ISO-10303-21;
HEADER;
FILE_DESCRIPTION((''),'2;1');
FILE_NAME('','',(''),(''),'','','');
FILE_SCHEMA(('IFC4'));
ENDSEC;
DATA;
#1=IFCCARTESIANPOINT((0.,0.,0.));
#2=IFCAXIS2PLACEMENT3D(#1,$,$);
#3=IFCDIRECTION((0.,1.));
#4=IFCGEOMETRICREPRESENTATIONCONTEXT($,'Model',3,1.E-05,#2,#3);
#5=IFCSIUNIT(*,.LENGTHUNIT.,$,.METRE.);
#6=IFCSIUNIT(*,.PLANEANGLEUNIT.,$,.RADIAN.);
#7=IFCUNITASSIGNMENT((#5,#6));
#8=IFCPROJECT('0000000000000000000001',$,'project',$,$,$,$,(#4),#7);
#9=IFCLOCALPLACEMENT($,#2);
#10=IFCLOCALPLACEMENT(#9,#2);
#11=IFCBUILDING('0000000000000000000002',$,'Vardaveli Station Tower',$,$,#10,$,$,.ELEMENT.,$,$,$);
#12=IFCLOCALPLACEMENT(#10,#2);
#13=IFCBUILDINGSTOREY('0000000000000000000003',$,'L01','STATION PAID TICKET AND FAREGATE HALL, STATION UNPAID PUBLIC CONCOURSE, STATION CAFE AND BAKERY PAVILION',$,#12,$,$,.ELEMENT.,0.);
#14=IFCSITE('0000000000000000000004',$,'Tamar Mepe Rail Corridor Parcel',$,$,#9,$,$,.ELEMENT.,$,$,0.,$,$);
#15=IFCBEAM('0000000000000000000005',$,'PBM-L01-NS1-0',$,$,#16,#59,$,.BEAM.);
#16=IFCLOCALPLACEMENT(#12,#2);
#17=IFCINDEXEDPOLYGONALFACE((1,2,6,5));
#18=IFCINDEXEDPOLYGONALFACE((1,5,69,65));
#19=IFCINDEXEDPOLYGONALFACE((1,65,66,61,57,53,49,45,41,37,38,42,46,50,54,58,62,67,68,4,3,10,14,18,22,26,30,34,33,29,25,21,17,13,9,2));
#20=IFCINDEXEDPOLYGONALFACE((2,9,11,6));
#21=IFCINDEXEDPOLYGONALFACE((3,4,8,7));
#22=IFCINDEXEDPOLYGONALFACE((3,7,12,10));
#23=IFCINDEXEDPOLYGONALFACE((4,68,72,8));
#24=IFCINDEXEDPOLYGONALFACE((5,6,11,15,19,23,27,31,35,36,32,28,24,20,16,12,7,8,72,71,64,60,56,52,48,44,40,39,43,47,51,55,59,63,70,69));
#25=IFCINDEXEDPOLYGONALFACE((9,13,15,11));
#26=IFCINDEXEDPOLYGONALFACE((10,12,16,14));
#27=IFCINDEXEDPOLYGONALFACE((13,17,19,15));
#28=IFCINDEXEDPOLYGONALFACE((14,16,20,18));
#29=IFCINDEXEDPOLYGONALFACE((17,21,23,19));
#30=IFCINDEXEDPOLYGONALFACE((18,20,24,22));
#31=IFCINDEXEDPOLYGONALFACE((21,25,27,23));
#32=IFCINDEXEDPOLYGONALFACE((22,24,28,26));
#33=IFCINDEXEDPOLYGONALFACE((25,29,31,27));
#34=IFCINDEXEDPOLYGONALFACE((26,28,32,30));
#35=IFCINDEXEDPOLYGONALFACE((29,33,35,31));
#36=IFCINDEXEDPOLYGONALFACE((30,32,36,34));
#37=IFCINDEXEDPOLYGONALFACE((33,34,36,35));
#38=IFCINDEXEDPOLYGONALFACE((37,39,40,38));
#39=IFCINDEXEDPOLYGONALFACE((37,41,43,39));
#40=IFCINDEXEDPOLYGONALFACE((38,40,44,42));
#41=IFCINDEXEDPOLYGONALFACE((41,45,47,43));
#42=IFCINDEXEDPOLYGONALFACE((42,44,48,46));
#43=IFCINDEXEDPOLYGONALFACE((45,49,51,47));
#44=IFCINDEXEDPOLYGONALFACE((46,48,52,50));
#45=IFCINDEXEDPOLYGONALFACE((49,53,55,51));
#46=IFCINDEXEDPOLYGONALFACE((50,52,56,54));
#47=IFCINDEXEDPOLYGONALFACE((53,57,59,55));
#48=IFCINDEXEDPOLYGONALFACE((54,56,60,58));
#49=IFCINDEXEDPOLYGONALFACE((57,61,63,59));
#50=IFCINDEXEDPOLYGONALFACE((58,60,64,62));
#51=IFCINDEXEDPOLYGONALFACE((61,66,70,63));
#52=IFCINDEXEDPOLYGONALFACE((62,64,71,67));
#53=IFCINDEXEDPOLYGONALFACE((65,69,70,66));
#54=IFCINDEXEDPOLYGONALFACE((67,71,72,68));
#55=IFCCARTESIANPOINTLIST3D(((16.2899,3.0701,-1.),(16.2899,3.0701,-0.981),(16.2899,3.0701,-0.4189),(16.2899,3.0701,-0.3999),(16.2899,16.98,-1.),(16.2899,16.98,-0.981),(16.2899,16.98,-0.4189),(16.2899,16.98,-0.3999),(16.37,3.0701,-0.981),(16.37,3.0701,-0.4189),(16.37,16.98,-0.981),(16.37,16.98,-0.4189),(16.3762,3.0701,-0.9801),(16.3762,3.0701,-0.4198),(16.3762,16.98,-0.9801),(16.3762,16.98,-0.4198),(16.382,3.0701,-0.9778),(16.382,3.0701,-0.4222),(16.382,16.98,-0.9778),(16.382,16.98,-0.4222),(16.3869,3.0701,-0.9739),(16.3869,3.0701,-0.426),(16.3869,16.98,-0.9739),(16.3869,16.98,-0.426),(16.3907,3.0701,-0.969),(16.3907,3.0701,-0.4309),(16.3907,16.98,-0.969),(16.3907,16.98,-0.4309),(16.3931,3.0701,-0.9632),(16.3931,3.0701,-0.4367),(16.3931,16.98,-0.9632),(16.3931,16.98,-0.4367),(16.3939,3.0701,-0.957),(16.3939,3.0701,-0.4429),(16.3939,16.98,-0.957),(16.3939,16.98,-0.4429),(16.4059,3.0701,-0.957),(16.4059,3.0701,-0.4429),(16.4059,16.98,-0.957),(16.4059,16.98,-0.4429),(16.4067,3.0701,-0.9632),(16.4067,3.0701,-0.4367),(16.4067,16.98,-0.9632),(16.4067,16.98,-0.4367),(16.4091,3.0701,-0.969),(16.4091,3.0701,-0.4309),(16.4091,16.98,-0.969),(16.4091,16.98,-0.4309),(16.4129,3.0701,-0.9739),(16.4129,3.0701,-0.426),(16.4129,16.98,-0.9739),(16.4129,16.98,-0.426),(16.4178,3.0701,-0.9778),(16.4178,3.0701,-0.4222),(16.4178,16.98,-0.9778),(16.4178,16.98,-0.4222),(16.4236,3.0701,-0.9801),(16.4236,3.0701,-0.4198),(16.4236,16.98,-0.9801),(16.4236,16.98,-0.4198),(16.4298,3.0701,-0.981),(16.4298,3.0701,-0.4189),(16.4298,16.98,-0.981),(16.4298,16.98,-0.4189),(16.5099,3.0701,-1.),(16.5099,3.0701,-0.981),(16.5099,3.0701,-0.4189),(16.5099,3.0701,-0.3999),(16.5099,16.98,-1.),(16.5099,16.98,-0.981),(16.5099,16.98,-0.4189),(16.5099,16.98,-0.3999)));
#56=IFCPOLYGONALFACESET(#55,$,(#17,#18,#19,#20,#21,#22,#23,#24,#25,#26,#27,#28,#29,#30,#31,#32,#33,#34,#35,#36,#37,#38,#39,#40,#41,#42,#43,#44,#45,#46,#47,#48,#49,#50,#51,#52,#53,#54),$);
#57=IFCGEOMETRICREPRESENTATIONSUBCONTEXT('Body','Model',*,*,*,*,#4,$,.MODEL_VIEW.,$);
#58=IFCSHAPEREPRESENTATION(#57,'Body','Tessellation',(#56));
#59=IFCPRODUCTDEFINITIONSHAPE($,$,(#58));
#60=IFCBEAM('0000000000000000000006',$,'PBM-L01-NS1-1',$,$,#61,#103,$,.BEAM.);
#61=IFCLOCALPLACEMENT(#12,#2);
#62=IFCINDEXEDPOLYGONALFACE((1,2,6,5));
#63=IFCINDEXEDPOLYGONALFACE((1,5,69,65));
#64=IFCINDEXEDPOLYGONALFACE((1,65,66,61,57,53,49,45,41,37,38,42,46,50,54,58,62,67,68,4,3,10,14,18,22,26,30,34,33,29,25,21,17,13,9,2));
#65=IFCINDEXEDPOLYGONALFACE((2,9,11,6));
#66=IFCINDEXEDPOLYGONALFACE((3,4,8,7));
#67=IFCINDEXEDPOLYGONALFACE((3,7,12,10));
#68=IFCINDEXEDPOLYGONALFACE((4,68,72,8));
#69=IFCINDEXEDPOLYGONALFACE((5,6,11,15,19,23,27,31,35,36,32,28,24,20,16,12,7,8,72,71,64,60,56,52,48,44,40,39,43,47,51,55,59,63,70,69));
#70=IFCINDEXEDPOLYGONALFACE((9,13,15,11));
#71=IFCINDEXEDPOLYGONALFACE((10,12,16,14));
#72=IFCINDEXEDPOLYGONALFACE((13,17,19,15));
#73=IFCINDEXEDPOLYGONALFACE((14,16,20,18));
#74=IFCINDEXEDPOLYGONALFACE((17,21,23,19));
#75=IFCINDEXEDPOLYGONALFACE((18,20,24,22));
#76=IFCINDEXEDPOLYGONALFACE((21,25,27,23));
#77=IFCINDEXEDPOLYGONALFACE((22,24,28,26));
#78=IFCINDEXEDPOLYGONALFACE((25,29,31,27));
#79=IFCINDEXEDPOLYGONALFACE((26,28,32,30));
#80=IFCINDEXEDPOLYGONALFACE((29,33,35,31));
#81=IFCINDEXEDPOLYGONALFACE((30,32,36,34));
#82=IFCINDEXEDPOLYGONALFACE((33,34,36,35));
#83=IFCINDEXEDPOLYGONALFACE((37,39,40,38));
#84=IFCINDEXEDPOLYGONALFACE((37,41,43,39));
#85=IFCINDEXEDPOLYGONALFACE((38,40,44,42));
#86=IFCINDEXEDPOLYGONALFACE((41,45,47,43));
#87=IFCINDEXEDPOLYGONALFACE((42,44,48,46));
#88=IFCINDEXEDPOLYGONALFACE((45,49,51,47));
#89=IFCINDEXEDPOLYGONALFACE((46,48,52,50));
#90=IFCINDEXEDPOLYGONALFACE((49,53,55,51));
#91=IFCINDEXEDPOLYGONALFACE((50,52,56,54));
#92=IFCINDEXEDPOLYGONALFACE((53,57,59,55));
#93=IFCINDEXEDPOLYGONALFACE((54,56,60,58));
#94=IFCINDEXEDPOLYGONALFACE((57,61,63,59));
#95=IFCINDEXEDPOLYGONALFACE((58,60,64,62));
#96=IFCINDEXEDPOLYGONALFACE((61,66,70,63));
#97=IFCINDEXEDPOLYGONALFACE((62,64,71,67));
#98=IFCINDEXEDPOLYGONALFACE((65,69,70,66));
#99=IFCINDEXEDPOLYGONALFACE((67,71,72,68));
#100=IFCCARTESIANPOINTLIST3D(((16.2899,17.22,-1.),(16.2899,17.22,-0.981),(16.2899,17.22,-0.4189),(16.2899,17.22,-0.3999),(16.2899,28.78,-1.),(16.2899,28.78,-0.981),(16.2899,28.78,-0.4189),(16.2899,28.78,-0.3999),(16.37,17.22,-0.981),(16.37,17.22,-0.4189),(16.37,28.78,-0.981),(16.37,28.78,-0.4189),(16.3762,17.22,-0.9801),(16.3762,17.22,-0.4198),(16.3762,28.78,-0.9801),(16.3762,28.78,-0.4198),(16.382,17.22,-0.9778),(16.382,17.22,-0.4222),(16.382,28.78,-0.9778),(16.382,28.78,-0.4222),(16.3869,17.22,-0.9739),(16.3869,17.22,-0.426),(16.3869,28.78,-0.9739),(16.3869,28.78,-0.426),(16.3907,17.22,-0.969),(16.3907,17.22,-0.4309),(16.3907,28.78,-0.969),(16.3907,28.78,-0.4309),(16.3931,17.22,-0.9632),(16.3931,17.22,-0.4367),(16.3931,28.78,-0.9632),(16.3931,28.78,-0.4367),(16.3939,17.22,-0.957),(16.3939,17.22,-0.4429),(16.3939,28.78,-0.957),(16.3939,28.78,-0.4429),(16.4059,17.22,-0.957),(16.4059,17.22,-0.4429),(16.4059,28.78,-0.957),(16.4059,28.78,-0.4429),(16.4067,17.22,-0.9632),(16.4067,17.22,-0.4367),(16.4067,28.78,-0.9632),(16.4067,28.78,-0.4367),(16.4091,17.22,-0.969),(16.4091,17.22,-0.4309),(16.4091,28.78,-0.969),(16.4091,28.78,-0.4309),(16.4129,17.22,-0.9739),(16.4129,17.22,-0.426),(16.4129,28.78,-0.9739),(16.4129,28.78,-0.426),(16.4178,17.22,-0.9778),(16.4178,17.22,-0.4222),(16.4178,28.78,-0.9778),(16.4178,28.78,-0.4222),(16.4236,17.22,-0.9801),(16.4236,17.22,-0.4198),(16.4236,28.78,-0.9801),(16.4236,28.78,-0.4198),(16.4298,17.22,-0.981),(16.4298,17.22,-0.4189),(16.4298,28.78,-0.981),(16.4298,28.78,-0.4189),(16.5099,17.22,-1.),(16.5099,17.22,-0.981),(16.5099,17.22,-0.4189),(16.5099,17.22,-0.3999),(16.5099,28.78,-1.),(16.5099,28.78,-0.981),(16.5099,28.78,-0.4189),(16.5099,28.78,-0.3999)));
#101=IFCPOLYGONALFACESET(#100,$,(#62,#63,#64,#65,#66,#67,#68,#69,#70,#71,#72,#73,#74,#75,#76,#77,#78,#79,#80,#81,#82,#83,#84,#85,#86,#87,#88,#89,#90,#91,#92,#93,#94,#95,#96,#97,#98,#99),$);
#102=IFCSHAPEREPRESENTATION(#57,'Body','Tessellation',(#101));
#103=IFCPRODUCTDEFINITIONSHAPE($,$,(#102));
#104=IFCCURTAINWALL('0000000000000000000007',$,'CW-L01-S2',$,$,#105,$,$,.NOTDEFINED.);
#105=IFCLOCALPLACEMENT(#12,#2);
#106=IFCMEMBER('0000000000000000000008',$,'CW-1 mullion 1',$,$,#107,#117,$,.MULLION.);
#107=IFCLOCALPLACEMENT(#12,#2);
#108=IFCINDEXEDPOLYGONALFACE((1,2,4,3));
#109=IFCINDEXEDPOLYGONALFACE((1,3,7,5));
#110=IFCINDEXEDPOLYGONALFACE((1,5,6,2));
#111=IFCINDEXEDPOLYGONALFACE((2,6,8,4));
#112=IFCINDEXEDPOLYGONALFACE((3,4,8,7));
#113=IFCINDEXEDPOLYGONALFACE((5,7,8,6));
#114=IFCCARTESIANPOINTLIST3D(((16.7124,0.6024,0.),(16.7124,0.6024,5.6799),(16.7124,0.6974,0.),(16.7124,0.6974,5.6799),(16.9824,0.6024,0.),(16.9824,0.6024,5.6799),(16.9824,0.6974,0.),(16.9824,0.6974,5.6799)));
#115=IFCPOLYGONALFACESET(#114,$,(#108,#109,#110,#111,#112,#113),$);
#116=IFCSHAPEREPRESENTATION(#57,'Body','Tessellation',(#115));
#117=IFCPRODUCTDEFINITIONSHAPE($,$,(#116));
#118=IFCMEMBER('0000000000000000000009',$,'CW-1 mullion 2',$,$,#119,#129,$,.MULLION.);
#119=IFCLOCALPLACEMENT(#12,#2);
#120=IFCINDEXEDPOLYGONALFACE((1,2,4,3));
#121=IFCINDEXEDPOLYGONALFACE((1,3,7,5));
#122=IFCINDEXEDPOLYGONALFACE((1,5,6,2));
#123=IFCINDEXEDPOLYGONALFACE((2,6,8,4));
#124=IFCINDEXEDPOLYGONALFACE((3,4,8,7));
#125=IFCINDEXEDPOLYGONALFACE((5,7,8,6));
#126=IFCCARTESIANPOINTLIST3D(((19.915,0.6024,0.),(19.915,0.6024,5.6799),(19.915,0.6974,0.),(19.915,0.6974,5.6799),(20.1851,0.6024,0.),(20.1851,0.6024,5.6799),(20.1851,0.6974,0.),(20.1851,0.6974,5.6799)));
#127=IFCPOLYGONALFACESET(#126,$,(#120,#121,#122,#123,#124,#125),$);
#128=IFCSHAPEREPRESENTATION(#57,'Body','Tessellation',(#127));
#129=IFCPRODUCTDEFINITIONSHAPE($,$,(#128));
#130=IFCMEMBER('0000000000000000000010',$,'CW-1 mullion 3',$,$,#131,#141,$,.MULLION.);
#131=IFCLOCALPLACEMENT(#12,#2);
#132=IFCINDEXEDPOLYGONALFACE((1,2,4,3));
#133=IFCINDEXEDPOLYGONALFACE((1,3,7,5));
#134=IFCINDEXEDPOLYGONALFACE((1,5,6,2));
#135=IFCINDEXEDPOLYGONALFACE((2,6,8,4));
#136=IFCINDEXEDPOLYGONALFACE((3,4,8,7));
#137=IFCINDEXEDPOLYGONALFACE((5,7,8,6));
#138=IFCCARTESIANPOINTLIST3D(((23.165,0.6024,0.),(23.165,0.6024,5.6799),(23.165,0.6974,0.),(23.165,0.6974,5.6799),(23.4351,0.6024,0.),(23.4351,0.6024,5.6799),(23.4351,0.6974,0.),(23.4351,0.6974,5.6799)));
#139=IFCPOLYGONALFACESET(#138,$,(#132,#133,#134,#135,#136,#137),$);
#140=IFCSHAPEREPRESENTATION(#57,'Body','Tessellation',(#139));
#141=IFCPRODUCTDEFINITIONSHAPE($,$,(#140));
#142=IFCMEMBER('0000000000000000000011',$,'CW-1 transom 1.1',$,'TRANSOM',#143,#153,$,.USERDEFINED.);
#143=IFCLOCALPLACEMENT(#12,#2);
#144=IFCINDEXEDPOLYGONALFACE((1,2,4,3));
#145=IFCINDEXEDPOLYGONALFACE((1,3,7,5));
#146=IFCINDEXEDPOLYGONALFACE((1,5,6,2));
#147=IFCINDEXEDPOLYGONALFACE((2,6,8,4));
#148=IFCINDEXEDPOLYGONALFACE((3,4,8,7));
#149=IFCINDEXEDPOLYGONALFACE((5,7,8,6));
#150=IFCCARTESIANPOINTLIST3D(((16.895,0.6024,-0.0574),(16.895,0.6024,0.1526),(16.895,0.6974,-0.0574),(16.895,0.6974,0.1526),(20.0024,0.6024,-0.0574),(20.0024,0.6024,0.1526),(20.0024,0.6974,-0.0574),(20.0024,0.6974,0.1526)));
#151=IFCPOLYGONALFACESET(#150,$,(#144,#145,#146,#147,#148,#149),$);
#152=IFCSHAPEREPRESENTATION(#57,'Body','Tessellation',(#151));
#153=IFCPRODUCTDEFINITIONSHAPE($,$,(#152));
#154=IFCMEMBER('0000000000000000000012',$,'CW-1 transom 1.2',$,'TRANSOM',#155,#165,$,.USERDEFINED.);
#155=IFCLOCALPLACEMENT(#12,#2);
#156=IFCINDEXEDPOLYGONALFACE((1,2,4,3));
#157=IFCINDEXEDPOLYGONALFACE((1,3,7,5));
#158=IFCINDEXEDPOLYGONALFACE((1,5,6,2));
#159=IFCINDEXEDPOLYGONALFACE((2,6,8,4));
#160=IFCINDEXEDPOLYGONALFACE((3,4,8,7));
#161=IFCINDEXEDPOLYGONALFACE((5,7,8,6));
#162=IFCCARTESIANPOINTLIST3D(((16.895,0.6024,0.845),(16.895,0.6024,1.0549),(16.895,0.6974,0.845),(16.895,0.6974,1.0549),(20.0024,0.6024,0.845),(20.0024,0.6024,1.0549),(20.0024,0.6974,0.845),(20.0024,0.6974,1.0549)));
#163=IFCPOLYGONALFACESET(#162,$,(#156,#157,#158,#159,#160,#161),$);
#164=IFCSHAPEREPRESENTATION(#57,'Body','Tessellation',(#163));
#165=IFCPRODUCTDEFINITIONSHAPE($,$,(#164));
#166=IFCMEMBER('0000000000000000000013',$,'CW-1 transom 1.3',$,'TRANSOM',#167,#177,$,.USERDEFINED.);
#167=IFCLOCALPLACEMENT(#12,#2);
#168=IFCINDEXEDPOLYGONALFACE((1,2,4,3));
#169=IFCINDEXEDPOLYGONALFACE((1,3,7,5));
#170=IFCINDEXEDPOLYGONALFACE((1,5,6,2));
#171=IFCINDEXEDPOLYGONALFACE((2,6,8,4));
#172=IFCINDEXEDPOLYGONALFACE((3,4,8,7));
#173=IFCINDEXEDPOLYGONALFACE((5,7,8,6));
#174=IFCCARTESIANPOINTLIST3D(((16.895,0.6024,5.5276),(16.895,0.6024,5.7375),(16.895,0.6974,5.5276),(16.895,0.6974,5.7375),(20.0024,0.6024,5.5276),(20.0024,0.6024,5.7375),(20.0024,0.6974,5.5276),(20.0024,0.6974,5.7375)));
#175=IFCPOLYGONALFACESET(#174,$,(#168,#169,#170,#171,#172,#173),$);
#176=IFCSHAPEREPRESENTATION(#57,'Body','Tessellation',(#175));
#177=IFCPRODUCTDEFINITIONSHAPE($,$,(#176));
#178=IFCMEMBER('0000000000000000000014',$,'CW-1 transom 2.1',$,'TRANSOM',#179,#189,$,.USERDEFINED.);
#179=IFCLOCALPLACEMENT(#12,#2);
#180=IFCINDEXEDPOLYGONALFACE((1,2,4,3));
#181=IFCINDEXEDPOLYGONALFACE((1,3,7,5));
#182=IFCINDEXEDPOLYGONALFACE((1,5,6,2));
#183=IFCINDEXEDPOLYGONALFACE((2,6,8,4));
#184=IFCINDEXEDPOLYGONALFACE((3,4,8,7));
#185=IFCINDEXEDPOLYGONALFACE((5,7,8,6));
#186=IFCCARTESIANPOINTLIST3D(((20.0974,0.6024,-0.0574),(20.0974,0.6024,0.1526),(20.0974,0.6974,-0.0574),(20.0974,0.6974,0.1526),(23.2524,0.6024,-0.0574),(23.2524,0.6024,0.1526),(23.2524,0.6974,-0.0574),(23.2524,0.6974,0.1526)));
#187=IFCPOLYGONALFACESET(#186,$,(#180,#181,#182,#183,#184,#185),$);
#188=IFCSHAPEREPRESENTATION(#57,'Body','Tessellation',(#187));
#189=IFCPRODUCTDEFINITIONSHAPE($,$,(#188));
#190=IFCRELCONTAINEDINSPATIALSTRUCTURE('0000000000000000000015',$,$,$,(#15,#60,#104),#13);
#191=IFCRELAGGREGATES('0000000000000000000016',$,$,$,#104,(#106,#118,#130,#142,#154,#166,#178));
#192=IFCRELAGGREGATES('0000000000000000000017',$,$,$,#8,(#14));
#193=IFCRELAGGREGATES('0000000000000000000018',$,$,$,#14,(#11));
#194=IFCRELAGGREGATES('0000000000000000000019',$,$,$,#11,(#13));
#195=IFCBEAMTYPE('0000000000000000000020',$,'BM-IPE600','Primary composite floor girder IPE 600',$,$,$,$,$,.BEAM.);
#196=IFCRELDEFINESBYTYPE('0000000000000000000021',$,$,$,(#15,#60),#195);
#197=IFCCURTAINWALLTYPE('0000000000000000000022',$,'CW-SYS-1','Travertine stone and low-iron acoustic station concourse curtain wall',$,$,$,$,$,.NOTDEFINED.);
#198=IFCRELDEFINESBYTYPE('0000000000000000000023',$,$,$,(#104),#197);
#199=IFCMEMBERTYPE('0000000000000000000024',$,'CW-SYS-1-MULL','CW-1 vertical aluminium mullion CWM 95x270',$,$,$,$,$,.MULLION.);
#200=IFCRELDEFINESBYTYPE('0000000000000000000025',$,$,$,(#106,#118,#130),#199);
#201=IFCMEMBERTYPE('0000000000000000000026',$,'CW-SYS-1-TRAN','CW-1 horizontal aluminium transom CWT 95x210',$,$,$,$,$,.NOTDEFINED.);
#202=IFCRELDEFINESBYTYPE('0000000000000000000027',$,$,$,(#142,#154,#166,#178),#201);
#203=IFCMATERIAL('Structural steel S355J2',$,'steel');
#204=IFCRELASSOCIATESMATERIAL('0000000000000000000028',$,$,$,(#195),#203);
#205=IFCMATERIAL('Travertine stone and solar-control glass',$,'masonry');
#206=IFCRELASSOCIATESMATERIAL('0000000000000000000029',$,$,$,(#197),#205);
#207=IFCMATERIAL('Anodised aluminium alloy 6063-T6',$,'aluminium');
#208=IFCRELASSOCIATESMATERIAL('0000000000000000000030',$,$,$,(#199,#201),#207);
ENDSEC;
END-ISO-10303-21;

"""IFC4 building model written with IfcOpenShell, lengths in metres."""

from ifc_helpers import new_model, si_unit, direction, frame, origin, origin_2d, place, context, subcontext, project, spatial, rectangle, i_section, extrude, source, transform, mapped, material, material_profile, profile_set, type_object, element, aggregate, save


model = new_model("IFC4")

# Units and contexts
model_context = context("Model", 3, precision=1e-05, world=origin(), true_north=direction((0.0, 1.0)))
body_context = subcontext(model_context, "Body", "Model", "MODEL_VIEW")
ifc_project = project(units=[si_unit("LENGTHUNIT", "METRE"), si_unit("PLANEANGLEUNIT", "RADIAN")], contexts=[model_context])

# Site, building, storey
site_placement = place(None, origin())
site = spatial("IfcSite", under=ifc_project, at=site_placement, Name="Tamar Mepe Rail Corridor Parcel", CompositionType="ELEMENT", RefElevation=0.0)
building_placement = place(site_placement, origin())
building = spatial("IfcBuilding", under=site, at=building_placement, Name="Vardaveli Station Tower", CompositionType="ELEMENT")
storey_placement = place(building_placement, origin())
storey = spatial("IfcBuildingStorey", under=building, at=storey_placement, Name="L01", Description="STATION PAID TICKET AND FAREGATE HALL, STATION UNPAID PUBLIC CONCOURSE, STATION CAFE AND BAKERY PAVILION", CompositionType="ELEMENT", Elevation=0.0)

# Shared definitions
ifc_material_1 = material(Name="Structural steel S355J2", Category="steel")

# Beams
ifc_material_profile_1 = material_profile(ifc_material_1, i_section(OverallWidth=0.22, OverallDepth=0.6001, WebThickness=0.012, FlangeThickness=0.019, FilletRadius=0.0239, at=origin_2d()), Name="IPE 600")
ifc_profile_set_1 = profile_set([ifc_material_profile_1], Name="Structural steel S355J2")
beam_type_1 = type_object("IfcBeamType", Name="BM-IPE600", Description="Primary composite floor girder IPE 600", PredefinedType="BEAM", material=ifc_profile_set_1)
shared_shape_1 = source(origin(), body_context, "Body", "SweptSolid", [
    extrude(i_section(OverallWidth=0.22, OverallDepth=0.6001, WebThickness=0.012, FlangeThickness=0.019, FilletRadius=0.0239, at=origin_2d()), origin(), (0.0, 0.0, 1.0), 13.9099),
])
beam_1_placement = place(storey_placement, frame((16.3999, 3.0701, -0.7), z_axis=(0.0, 1.0, 0.0), x_axis=(-1.0, 0.0, 0.0)))
element("IfcBeam", 1, at=beam_1_placement, inside=storey, type_object=beam_type_1, Name="PBM-L01-NS1-0", PredefinedType="BEAM", context=body_context, shape_type="MappedRepresentation", body=[
    mapped(shared_shape_1, transform((0.0, 0.0, 0.0), scale=1.0)),
])
shared_shape_2 = source(origin(), body_context, "Body", "SweptSolid", [
    extrude(i_section(OverallWidth=0.22, OverallDepth=0.6001, WebThickness=0.012, FlangeThickness=0.019, FilletRadius=0.0239, at=origin_2d()), origin(), (0.0, 0.0, 1.0), 11.5601),
])
beam_2_placement = place(storey_placement, frame((16.3999, 17.22, -0.7), z_axis=(0.0, 1.0, 0.0), x_axis=(-1.0, 0.0, 0.0)))
element("IfcBeam", 2, at=beam_2_placement, inside=storey, type_object=beam_type_1, Name="PBM-L01-NS1-1", PredefinedType="BEAM", context=body_context, shape_type="MappedRepresentation", body=[
    mapped(shared_shape_2, transform((0.0, 0.0, 0.0), scale=1.0)),
])

# Curtain wall, members
ifc_material_2 = material(Name="Travertine stone and solar-control glass", Category="masonry")
curtain_wall_type = type_object("IfcCurtainWallType", Name="CW-SYS-1", Description="Travertine stone and low-iron acoustic station concourse curtain wall", PredefinedType="NOTDEFINED", material=ifc_material_2)
curtain_wall_placement = place(storey_placement, origin())
curtain_wall = element("IfcCurtainWall", 3, at=curtain_wall_placement, inside=storey, type_object=curtain_wall_type, Name="CW-L01-S2", PredefinedType="NOTDEFINED")
ifc_material_3 = material(Name="Anodised aluminium alloy 6063-T6", Category="aluminium")
ifc_material_profile_2 = material_profile(ifc_material_3, rectangle(XDim=0.095, YDim=0.27, at=origin_2d()), Name="CWM 95x270")
ifc_profile_set_2 = profile_set([ifc_material_profile_2], Name="Anodised aluminium alloy 6063-T6")
member_type_1 = type_object("IfcMemberType", Name="CW-SYS-1-MULL", Description="CW-1 vertical aluminium mullion CWM 95x270", PredefinedType="MULLION", material=ifc_profile_set_2)
shared_shape_3 = source(origin(), body_context, "Body", "SweptSolid", [
    extrude(rectangle(XDim=0.095, YDim=0.27, at=origin_2d()), origin(), (0.0, 0.0, 1.0), 5.6799),
])
member_1_placement = place(storey_placement, frame((16.8474, 0.6499, 0.0), z_axis=(0.0, 0.0, 1.0), x_axis=(0.0, 1.0, 0.0)))
member_1 = element("IfcMember", 4, at=member_1_placement, type_object=member_type_1, Name="CW-1 mullion 1", PredefinedType="MULLION", context=body_context, shape_type="MappedRepresentation", body=[
    mapped(shared_shape_3, transform((0.0, 0.0, 0.0), scale=1.0)),
])
member_2_placement = place(storey_placement, frame((20.05, 0.6499, 0.0), z_axis=(0.0, 0.0, 1.0), x_axis=(0.0, 1.0, 0.0)))
member_2 = element("IfcMember", 5, at=member_2_placement, type_object=member_type_1, Name="CW-1 mullion 2", PredefinedType="MULLION", context=body_context, shape_type="MappedRepresentation", body=[
    mapped(shared_shape_3, transform((0.0, 0.0, 0.0), scale=1.0)),
])
member_3_placement = place(storey_placement, frame((23.3, 0.6499, 0.0), z_axis=(0.0, 0.0, 1.0), x_axis=(0.0, 1.0, 0.0)))
member_3 = element("IfcMember", 6, at=member_3_placement, type_object=member_type_1, Name="CW-1 mullion 3", PredefinedType="MULLION", context=body_context, shape_type="MappedRepresentation", body=[
    mapped(shared_shape_3, transform((0.0, 0.0, 0.0), scale=1.0)),
])
ifc_material_profile_3 = material_profile(ifc_material_3, rectangle(XDim=0.095, YDim=0.21, at=origin_2d()), Name="CWT 95x210")
ifc_profile_set_3 = profile_set([ifc_material_profile_3], Name="Anodised aluminium alloy 6063-T6")
member_type_2 = type_object("IfcMemberType", Name="CW-SYS-1-TRAN", Description="CW-1 horizontal aluminium transom CWT 95x210", PredefinedType="NOTDEFINED", material=ifc_profile_set_3)
shared_shape_4 = source(origin(), body_context, "Body", "SweptSolid", [
    extrude(rectangle(XDim=0.095, YDim=0.21, at=origin_2d()), origin(), (0.0, 0.0, 1.0), 3.1074),
])
member_4_placement = place(storey_placement, frame((16.895, 0.6499, 0.0476), z_axis=(1.0, 0.0, 0.0), x_axis=(0.0, 1.0, 0.0)))
member_4 = element("IfcMember", 7, at=member_4_placement, type_object=member_type_2, Name="CW-1 transom 1.1", ObjectType="TRANSOM", PredefinedType="USERDEFINED", context=body_context, shape_type="MappedRepresentation", body=[
    mapped(shared_shape_4, transform((0.0, 0.0, 0.0), scale=1.0)),
])
member_5_placement = place(storey_placement, frame((16.895, 0.6499, 0.95), z_axis=(1.0, 0.0, 0.0), x_axis=(0.0, 1.0, 0.0)))
member_5 = element("IfcMember", 8, at=member_5_placement, type_object=member_type_2, Name="CW-1 transom 1.2", ObjectType="TRANSOM", PredefinedType="USERDEFINED", context=body_context, shape_type="MappedRepresentation", body=[
    mapped(shared_shape_4, transform((0.0, 0.0, 0.0), scale=1.0)),
])
member_6_placement = place(storey_placement, frame((16.895, 0.6499, 5.6326), z_axis=(1.0, 0.0, 0.0), x_axis=(0.0, 1.0, 0.0)))
member_6 = element("IfcMember", 9, at=member_6_placement, type_object=member_type_2, Name="CW-1 transom 1.3", ObjectType="TRANSOM", PredefinedType="USERDEFINED", context=body_context, shape_type="MappedRepresentation", body=[
    mapped(shared_shape_4, transform((0.0, 0.0, 0.0), scale=1.0)),
])
shared_shape_5 = source(origin(), body_context, "Body", "SweptSolid", [
    extrude(rectangle(XDim=0.095, YDim=0.21, at=origin_2d()), origin(), (0.0, 0.0, 1.0), 3.155),
])
member_7_placement = place(storey_placement, frame((20.0974, 0.6499, 0.0476), z_axis=(1.0, 0.0, 0.0), x_axis=(0.0, 1.0, 0.0)))
member_7 = element("IfcMember", 10, at=member_7_placement, type_object=member_type_2, Name="CW-1 transom 2.1", ObjectType="TRANSOM", PredefinedType="USERDEFINED", context=body_context, shape_type="MappedRepresentation", body=[
    mapped(shared_shape_5, transform((0.0, 0.0, 0.0), scale=1.0)),
])

aggregate(curtain_wall, [member_1, member_2, member_3, member_4, member_5, member_6, member_7])

save(model, "model.ifc")
